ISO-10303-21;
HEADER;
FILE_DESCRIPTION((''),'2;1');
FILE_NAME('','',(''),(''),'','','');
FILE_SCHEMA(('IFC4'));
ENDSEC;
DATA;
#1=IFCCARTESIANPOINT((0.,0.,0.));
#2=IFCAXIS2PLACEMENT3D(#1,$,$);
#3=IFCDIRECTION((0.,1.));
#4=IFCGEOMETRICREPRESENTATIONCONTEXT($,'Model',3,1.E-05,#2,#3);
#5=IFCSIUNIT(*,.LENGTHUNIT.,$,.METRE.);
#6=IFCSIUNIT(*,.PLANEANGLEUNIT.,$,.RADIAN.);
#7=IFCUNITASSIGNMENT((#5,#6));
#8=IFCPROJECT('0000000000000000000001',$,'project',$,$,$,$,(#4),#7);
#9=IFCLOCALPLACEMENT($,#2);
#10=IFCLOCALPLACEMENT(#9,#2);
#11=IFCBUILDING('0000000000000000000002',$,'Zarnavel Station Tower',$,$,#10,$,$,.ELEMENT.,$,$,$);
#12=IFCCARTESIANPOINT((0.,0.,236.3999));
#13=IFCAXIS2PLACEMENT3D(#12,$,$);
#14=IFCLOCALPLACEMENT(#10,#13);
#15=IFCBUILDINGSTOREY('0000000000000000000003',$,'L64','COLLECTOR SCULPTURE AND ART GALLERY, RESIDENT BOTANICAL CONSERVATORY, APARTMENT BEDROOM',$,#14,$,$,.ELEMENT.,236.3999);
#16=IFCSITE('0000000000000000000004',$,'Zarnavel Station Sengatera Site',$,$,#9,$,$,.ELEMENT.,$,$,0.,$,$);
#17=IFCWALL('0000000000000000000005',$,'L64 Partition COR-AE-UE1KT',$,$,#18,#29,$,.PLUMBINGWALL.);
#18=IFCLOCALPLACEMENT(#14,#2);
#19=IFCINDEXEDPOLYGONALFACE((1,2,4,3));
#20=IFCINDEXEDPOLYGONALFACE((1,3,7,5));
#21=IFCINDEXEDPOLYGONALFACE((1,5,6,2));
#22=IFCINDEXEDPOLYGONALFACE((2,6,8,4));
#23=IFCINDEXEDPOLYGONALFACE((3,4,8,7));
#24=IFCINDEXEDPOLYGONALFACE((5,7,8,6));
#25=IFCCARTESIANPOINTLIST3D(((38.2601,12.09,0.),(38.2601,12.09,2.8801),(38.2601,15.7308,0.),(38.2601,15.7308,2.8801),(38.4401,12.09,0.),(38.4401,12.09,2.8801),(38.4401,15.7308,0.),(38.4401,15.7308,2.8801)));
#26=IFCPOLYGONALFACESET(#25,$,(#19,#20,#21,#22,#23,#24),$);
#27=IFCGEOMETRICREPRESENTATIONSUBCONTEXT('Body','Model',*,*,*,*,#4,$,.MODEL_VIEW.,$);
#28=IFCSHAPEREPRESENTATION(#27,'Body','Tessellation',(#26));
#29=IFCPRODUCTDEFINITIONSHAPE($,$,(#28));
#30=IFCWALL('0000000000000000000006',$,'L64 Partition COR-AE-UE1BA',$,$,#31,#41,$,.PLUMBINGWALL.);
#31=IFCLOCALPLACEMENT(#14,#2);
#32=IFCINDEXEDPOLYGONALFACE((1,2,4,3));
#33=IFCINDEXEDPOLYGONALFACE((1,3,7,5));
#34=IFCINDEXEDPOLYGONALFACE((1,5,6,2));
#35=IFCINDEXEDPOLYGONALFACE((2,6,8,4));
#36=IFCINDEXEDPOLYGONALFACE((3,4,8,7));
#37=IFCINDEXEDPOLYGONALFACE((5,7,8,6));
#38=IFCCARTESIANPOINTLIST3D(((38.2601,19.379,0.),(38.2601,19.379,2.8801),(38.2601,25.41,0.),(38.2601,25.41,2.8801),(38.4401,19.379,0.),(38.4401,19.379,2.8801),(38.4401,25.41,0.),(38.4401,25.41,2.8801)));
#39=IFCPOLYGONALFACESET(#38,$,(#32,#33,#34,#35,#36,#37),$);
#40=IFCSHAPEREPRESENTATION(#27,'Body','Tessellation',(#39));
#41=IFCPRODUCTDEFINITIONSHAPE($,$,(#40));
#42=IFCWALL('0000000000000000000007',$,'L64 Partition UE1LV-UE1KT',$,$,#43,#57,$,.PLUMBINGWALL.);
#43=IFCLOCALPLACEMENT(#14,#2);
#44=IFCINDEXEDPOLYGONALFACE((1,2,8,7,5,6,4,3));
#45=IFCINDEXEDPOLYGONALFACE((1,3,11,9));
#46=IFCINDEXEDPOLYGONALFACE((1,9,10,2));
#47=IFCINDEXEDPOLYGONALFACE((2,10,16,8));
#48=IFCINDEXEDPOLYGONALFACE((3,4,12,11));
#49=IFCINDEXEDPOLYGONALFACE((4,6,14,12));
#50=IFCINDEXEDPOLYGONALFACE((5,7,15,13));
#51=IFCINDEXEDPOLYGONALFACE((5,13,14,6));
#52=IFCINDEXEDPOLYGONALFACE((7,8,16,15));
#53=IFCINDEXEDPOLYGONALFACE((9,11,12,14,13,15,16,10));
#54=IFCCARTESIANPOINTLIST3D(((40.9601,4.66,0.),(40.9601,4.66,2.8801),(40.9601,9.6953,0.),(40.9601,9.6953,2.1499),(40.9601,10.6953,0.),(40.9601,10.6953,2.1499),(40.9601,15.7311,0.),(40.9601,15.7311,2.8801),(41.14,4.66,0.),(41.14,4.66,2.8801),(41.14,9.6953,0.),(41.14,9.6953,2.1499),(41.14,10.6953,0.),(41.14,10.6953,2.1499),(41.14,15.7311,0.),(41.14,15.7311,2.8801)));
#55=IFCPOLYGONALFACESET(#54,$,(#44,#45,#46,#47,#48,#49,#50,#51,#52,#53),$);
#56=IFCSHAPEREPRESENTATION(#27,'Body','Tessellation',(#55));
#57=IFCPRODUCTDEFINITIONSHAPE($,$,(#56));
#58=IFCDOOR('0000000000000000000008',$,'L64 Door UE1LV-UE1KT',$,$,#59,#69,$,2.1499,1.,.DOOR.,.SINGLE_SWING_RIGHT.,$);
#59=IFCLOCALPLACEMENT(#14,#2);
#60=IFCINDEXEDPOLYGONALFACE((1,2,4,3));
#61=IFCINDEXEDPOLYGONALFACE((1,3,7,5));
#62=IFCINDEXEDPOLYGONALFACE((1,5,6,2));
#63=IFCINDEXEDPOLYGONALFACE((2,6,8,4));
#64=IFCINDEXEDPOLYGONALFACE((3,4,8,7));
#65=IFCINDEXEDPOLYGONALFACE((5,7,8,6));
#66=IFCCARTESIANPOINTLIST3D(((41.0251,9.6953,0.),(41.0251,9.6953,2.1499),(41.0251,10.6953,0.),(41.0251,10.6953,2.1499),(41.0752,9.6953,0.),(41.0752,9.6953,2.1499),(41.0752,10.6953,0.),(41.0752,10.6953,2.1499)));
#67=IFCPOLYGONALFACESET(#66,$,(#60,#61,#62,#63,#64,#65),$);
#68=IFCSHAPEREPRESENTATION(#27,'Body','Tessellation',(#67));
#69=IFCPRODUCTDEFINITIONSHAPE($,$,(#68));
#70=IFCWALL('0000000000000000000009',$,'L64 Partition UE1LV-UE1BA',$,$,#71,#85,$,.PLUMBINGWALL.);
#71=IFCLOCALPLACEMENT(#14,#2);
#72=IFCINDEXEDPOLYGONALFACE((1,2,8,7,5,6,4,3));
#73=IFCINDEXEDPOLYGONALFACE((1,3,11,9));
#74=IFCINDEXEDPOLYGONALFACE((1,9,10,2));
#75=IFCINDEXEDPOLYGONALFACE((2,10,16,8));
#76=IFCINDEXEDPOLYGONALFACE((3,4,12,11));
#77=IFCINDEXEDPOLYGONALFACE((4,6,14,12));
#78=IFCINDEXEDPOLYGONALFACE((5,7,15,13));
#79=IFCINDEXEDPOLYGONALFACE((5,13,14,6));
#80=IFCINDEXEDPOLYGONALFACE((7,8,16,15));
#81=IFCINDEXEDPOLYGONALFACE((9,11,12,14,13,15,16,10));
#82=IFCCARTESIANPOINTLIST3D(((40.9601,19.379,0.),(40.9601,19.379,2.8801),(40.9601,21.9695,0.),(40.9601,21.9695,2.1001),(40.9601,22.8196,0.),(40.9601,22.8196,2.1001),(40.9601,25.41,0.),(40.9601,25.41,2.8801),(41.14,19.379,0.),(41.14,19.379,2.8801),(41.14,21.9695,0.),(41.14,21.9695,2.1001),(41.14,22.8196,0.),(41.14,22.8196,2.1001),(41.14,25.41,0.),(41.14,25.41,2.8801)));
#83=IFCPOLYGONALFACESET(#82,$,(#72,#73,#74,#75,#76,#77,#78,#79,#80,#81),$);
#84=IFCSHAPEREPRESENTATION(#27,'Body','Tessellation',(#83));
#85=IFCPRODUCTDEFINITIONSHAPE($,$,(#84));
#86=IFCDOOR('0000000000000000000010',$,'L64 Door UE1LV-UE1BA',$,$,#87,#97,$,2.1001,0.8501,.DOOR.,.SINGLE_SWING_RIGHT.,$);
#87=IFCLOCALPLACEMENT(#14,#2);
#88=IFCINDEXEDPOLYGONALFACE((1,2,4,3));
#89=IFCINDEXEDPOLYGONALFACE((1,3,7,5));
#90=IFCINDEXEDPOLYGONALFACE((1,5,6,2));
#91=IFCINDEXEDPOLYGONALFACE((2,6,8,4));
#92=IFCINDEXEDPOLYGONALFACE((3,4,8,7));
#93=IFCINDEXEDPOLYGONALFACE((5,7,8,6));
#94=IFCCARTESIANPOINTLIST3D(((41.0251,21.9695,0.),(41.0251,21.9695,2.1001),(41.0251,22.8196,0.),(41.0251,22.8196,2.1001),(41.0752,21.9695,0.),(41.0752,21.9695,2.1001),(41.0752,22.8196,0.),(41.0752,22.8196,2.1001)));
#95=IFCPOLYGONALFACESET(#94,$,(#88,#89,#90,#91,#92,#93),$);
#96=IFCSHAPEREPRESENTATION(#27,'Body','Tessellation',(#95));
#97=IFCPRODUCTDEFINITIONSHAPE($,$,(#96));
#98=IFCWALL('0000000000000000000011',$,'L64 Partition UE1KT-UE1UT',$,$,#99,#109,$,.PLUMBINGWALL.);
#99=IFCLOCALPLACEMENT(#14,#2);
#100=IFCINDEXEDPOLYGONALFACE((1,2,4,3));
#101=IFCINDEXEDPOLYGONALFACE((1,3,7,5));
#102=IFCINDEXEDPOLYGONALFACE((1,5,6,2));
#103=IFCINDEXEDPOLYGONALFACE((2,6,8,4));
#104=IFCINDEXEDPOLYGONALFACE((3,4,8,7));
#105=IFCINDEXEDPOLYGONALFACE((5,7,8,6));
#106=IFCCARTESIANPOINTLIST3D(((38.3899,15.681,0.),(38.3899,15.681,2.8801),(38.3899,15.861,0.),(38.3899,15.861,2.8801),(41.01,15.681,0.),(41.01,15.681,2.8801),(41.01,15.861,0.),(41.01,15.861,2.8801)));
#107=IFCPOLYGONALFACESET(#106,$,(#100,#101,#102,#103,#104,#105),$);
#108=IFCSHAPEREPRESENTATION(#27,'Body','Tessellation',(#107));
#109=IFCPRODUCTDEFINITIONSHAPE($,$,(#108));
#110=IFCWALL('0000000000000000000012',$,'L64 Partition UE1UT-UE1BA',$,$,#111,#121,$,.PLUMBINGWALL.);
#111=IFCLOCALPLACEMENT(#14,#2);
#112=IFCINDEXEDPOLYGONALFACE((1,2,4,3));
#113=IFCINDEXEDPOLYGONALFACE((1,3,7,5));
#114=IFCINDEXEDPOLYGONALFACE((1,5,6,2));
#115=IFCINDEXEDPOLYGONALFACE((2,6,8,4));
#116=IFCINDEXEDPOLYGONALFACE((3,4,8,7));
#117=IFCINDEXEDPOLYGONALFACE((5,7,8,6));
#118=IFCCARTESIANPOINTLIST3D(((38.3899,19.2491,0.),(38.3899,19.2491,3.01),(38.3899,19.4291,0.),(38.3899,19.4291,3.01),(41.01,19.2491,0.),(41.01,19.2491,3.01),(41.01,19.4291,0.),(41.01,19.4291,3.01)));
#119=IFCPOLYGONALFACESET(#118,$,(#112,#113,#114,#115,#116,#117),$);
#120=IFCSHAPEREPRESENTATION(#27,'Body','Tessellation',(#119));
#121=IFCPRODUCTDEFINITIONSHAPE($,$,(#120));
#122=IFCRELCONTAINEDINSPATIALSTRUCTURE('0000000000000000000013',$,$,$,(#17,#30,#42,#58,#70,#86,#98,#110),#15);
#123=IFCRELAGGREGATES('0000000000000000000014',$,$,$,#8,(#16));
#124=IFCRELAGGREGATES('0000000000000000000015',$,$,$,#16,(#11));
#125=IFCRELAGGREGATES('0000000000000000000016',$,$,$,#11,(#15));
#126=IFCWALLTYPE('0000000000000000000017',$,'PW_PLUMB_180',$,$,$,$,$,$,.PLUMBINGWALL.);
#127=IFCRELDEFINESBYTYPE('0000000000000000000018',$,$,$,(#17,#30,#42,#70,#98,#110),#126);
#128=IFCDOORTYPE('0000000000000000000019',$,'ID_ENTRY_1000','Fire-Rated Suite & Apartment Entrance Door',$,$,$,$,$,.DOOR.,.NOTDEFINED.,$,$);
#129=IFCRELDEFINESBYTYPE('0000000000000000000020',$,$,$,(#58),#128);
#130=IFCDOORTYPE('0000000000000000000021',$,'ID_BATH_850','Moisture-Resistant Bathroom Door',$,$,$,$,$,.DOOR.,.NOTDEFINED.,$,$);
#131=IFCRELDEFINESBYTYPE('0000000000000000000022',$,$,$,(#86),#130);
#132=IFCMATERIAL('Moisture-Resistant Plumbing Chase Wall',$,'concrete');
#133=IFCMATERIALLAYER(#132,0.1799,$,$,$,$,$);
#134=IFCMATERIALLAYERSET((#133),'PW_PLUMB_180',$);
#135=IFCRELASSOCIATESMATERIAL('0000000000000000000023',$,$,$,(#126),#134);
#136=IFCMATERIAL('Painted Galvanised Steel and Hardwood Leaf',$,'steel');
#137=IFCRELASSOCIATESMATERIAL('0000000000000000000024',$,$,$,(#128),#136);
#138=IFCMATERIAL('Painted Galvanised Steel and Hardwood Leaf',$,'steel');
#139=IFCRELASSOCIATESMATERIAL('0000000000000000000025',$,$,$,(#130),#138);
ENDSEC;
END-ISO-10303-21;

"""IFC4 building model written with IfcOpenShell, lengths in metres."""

from ifc_helpers import new_model, si_unit, direction, frame, frame_2d, origin, place, context, subcontext, project, spatial, rectangle, extrude, material, layer, layer_set, type_object, element, fill, save


model = new_model("IFC4")

# Units and contexts
model_context = context("Model", 3, precision=1e-05, world=origin(), true_north=direction((0.0, 1.0)))
body_context = subcontext(model_context, "Body", "Model", "MODEL_VIEW")
ifc_project = project(units=[si_unit("LENGTHUNIT", "METRE"), si_unit("PLANEANGLEUNIT", "RADIAN")], contexts=[model_context])

# Site, building, storey
site_placement = place(None, origin())
site = spatial("IfcSite", under=ifc_project, at=site_placement, Name="Zarnavel Station Sengatera Site", CompositionType="ELEMENT", RefElevation=0.0)
building_placement = place(site_placement, origin())
building = spatial("IfcBuilding", under=site, at=building_placement, Name="Zarnavel Station Tower", CompositionType="ELEMENT")
storey_placement = place(building_placement, frame((0.0, 0.0, 236.3999)))
storey = spatial("IfcBuildingStorey", under=building, at=storey_placement, Name="L64", Description="COLLECTOR SCULPTURE AND ART GALLERY, RESIDENT BOTANICAL CONSERVATORY, APARTMENT BEDROOM", CompositionType="ELEMENT", Elevation=236.3999)

# Walls
ifc_material_1 = material(Name="Moisture-Resistant Plumbing Chase Wall", Category="concrete")
ifc_layer_1 = layer(ifc_material_1, 0.1799)
ifc_layer_set_1 = layer_set([ifc_layer_1], Name="PW_PLUMB_180")
wall_type_1 = type_object("IfcWallType", Name="PW_PLUMB_180", PredefinedType="PLUMBINGWALL", material=ifc_layer_set_1)
wall_1_placement = place(storey_placement, frame((38.3501, 12.0901, 0.0), z_axis=(0.0, 0.0, 1.0), x_axis=(0.0, 1.0, 0.0)))
element("IfcWall", 1, at=wall_1_placement, inside=storey, type_object=wall_type_1, Name="L64 Partition COR-AE-UE1KT", PredefinedType="PLUMBINGWALL", context=body_context, shape_type="SweptSolid", body=[
    extrude(rectangle(XDim=3.6409, YDim=0.1799, at=frame_2d((1.8203, 0.0))), origin(), (0.0, 0.0, 1.0), 2.8801),
])
wall_2_placement = place(storey_placement, frame((38.3501, 19.3789, 0.0), z_axis=(0.0, 0.0, 1.0), x_axis=(0.0, 1.0, 0.0)))
element("IfcWall", 2, at=wall_2_placement, inside=storey, type_object=wall_type_1, Name="L64 Partition COR-AE-UE1BA", PredefinedType="PLUMBINGWALL", context=body_context, shape_type="SweptSolid", body=[
    extrude(rectangle(XDim=6.031, YDim=0.1799, at=frame_2d((3.0156, 0.0))), origin(), (0.0, 0.0, 1.0), 2.8801),
])

# Walls, openings, doors
wall_3_placement = place(storey_placement, frame((41.05, 4.6599, 0.0), z_axis=(0.0, 0.0, 1.0), x_axis=(0.0, 1.0, 0.0)))
wall_3 = element("IfcWall", 3, at=wall_3_placement, inside=storey, type_object=wall_type_1, Name="L64 Partition UE1LV-UE1KT", PredefinedType="PLUMBINGWALL", context=body_context, shape_type="SweptSolid", body=[
    extrude(rectangle(XDim=11.071, YDim=0.1799, at=frame_2d((5.5356, 0.0))), origin(), (0.0, 0.0, 1.0), 2.8801),
])
opening_1_placement = place(wall_3_placement, frame((5.0354, 0.0, 0.0)))
opening_1 = element("IfcOpeningElement", 4, at=opening_1_placement, cuts=wall_3, PredefinedType="OPENING", context=body_context, shape_type="SweptSolid", body=[
    extrude(rectangle(XDim=1.0, YDim=2.1499, at=frame_2d((0.5, 1.075))), frame((0.0, 0.0999, 0.0), z_axis=(0.0, -1.0, 0.0), x_axis=(1.0, 0.0, 0.0)), (0.0, 0.0, 1.0), 0.2),
])
ifc_material_2 = material(Name="Painted Galvanised Steel and Hardwood Leaf", Category="steel")
door_type_1 = type_object("IfcDoorType", Name="ID_ENTRY_1000", Description="Fire-Rated Suite & Apartment Entrance Door", OperationType="NOTDEFINED", PredefinedType="DOOR", material=ifc_material_2)
door_1_placement = place(opening_1_placement, origin())
door_1 = element("IfcDoor", 5, at=door_1_placement, inside=storey, type_object=door_type_1, Name="L64 Door UE1LV-UE1KT", OperationType="SINGLE_SWING_RIGHT", OverallHeight=2.1499, OverallWidth=1.0, PredefinedType="DOOR", context=body_context, shape_type="SweptSolid", body=[
    extrude(rectangle(XDim=1.0, YDim=2.1499, at=frame_2d((0.5, 1.075))), frame((0.0, 0.0249, 0.0), z_axis=(0.0, -1.0, 0.0), x_axis=(1.0, 0.0, 0.0)), (0.0, 0.0, 1.0), 0.05),
])
fill(opening_1, door_1)
wall_4_placement = place(storey_placement, frame((41.05, 19.3789, 0.0), z_axis=(0.0, 0.0, 1.0), x_axis=(0.0, 1.0, 0.0)))
wall_4 = element("IfcWall", 6, at=wall_4_placement, inside=storey, type_object=wall_type_1, Name="L64 Partition UE1LV-UE1BA", PredefinedType="PLUMBINGWALL", context=body_context, shape_type="SweptSolid", body=[
    extrude(rectangle(XDim=6.031, YDim=0.1799, at=frame_2d((3.0156, 0.0))), origin(), (0.0, 0.0, 1.0), 2.8801),
])
opening_2_placement = place(wall_4_placement, frame((2.5906, 0.0, 0.0)))
opening_2 = element("IfcOpeningElement", 7, at=opening_2_placement, cuts=wall_4, PredefinedType="OPENING", context=body_context, shape_type="SweptSolid", body=[
    extrude(rectangle(XDim=0.8501, YDim=2.1001, at=frame_2d((0.425, 1.05))), frame((0.0, 0.0999, 0.0), z_axis=(0.0, -1.0, 0.0), x_axis=(1.0, 0.0, 0.0)), (0.0, 0.0, 1.0), 0.2),
])
ifc_material_3 = material(Name="Painted Galvanised Steel and Hardwood Leaf", Category="steel")
door_type_2 = type_object("IfcDoorType", Name="ID_BATH_850", Description="Moisture-Resistant Bathroom Door", OperationType="NOTDEFINED", PredefinedType="DOOR", material=ifc_material_3)
door_2_placement = place(opening_2_placement, origin())
door_2 = element("IfcDoor", 8, at=door_2_placement, inside=storey, type_object=door_type_2, Name="L64 Door UE1LV-UE1BA", OperationType="SINGLE_SWING_RIGHT", OverallHeight=2.1001, OverallWidth=0.8501, PredefinedType="DOOR", context=body_context, shape_type="SweptSolid", body=[
    extrude(rectangle(XDim=0.8501, YDim=2.1001, at=frame_2d((0.425, 1.05))), frame((0.0, 0.0249, 0.0), z_axis=(0.0, -1.0, 0.0), x_axis=(1.0, 0.0, 0.0)), (0.0, 0.0, 1.0), 0.05),
])
fill(opening_2, door_2)

# Walls
wall_5_placement = place(storey_placement, frame((38.3899, 15.771, 0.0), z_axis=(0.0, 0.0, 1.0), x_axis=(1.0, 0.0, 0.0)))
element("IfcWall", 9, at=wall_5_placement, inside=storey, type_object=wall_type_1, Name="L64 Partition UE1KT-UE1UT", PredefinedType="PLUMBINGWALL", context=body_context, shape_type="SweptSolid", body=[
    extrude(rectangle(XDim=2.6201, YDim=0.1799, at=frame_2d((1.3101, 0.0))), origin(), (0.0, 0.0, 1.0), 2.8801),
])
wall_6_placement = place(storey_placement, frame((38.3899, 19.3391, 0.0), z_axis=(0.0, 0.0, 1.0), x_axis=(1.0, 0.0, 0.0)))
element("IfcWall", 10, at=wall_6_placement, inside=storey, type_object=wall_type_1, Name="L64 Partition UE1UT-UE1BA", PredefinedType="PLUMBINGWALL", context=body_context, shape_type="SweptSolid", body=[
    extrude(rectangle(XDim=2.6201, YDim=0.1799, at=frame_2d((1.3101, 0.0))), origin(), (0.0, 0.0, 1.0), 3.01),
])

save(model, "model.ifc")
